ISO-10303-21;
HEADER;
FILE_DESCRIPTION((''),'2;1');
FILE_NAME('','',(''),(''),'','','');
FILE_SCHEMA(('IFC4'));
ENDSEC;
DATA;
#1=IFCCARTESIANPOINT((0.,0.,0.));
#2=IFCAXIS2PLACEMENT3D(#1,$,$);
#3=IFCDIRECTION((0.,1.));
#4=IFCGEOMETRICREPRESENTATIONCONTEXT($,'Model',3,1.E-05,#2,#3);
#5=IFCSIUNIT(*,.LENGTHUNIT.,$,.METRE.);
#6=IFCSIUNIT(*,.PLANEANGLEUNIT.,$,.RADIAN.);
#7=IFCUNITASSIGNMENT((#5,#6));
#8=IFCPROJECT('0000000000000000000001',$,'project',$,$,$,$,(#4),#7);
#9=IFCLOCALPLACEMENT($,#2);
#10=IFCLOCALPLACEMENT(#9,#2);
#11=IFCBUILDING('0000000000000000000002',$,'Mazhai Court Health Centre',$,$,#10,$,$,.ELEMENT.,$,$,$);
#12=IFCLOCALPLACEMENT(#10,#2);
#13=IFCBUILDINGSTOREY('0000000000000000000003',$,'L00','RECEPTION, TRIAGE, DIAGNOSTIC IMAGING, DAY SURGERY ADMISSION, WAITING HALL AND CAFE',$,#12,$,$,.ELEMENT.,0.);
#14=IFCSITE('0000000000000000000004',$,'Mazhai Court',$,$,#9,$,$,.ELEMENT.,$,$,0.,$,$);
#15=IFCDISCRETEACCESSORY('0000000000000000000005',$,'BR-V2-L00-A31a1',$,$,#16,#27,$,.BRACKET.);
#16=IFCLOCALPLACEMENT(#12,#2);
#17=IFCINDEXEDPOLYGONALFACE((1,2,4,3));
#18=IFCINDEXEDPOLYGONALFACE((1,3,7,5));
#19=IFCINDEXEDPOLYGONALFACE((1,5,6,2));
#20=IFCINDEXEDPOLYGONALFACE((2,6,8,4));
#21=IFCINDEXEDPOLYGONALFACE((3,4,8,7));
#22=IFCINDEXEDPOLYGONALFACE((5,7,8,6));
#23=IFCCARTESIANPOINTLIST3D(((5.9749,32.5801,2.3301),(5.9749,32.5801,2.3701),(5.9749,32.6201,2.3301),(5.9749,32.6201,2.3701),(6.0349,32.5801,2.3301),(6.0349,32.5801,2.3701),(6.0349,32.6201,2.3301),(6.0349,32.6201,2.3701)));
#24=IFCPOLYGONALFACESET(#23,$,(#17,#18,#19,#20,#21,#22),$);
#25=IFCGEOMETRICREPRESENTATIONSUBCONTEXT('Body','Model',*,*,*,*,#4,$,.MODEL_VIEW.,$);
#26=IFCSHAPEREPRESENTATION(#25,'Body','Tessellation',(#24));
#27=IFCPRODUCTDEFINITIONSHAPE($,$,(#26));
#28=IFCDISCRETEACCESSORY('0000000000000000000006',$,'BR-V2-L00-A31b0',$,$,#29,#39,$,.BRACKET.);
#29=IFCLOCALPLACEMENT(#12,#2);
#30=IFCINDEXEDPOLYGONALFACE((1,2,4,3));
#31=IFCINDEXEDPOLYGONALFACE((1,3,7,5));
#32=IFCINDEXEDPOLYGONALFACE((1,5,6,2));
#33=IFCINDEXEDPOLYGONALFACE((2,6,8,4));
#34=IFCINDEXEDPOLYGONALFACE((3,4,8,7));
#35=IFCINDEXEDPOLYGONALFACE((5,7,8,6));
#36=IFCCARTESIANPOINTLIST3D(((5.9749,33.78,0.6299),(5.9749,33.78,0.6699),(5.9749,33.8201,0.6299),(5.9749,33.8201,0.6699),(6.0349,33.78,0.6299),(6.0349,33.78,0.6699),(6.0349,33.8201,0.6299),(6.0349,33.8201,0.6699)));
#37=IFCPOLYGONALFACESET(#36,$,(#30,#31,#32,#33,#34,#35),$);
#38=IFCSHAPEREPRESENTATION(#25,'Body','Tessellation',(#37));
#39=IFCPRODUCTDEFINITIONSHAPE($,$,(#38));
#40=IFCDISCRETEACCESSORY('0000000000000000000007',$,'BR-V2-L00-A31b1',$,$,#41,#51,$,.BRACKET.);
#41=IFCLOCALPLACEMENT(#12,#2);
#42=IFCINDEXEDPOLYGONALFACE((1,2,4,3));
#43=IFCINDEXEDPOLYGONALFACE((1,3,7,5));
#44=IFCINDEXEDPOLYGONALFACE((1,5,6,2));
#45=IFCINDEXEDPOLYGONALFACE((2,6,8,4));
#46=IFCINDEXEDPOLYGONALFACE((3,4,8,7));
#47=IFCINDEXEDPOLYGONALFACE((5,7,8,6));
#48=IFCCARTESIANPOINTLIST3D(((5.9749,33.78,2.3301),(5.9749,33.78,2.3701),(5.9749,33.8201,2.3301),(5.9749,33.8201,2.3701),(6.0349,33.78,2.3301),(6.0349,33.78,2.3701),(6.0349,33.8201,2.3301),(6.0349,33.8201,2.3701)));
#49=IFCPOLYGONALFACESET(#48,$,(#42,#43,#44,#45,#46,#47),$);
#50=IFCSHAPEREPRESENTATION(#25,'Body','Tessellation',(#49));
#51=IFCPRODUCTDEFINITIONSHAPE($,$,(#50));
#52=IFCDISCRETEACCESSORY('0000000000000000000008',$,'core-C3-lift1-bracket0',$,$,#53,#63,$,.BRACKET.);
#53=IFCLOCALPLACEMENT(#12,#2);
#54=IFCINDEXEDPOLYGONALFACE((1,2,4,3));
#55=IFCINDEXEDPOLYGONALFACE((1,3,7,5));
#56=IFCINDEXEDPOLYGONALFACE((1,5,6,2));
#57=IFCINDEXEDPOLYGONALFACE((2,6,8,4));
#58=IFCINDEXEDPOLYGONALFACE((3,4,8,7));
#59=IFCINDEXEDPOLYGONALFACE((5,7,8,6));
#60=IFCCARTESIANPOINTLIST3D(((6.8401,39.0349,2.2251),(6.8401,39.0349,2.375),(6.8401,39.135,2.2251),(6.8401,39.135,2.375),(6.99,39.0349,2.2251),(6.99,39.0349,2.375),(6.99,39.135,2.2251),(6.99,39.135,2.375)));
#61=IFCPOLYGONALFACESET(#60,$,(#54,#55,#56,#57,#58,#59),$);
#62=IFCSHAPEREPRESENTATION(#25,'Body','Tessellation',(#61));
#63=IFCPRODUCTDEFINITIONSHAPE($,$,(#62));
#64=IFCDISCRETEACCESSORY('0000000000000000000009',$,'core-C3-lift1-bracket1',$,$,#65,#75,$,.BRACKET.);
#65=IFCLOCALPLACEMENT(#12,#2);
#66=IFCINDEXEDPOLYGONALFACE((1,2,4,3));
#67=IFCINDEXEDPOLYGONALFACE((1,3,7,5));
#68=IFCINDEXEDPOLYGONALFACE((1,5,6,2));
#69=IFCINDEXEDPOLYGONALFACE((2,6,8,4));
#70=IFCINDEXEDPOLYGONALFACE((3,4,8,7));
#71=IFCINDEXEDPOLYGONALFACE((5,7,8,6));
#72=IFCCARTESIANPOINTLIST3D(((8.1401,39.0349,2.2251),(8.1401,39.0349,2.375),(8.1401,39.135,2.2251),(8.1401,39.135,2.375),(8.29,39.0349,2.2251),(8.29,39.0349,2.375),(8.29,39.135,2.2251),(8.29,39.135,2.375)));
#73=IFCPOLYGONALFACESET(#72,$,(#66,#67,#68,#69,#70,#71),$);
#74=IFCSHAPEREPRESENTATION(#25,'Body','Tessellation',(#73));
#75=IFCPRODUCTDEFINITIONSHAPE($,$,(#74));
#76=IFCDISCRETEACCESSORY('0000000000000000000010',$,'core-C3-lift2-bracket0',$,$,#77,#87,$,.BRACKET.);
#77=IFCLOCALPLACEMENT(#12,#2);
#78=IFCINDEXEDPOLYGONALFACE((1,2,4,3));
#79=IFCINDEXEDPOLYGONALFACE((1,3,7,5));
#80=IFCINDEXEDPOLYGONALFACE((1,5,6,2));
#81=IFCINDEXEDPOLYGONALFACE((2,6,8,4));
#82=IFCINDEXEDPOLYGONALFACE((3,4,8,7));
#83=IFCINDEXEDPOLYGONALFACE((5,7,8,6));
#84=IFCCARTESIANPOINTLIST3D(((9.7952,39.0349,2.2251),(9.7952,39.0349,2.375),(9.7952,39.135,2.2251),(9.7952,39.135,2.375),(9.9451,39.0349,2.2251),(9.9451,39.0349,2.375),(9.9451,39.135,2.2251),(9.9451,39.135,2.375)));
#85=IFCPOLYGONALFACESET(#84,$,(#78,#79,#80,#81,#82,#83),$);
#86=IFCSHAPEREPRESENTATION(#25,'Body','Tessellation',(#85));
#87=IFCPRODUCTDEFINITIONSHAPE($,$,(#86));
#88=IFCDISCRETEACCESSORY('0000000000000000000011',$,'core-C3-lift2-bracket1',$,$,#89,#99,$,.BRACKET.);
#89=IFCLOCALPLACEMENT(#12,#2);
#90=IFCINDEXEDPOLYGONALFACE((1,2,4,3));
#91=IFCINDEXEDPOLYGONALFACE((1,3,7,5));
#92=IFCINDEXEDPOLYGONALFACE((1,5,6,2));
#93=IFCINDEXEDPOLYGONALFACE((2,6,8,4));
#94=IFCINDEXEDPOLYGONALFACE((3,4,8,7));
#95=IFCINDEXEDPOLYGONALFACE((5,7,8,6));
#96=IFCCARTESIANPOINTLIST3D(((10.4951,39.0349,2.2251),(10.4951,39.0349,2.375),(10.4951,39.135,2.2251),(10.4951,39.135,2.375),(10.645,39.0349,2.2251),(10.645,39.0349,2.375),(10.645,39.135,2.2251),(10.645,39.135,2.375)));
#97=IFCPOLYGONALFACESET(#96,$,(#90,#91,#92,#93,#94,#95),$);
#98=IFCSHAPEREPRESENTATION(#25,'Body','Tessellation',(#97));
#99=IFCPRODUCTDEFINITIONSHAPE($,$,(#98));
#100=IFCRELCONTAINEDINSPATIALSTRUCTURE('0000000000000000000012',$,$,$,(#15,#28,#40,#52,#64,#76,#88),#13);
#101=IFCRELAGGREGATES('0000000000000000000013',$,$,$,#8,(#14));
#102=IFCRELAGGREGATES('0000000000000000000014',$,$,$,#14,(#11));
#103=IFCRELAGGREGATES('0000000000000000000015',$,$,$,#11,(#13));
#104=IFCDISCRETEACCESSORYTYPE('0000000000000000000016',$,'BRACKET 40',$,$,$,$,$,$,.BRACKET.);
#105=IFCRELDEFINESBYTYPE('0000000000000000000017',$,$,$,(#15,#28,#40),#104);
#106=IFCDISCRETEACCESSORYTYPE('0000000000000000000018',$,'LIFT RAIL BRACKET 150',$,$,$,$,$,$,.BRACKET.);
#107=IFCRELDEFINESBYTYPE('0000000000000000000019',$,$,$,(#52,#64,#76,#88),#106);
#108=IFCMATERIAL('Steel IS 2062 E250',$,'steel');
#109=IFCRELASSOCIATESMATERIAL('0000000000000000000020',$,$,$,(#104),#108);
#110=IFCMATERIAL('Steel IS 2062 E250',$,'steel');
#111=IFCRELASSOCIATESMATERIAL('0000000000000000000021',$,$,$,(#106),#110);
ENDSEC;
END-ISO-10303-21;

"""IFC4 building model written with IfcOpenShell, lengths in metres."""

from ifc_helpers import new_model, si_unit, direction, frame, origin, origin_2d, place, context, subcontext, project, spatial, rectangle, extrude, material, type_object, element, save


model = new_model("IFC4")

# Units and contexts
model_context = context("Model", 3, precision=1e-05, world=origin(), true_north=direction((0.0, 1.0)))
body_context = subcontext(model_context, "Body", "Model", "MODEL_VIEW")
ifc_project = project(units=[si_unit("LENGTHUNIT", "METRE"), si_unit("PLANEANGLEUNIT", "RADIAN")], contexts=[model_context])

# Site, building, storey
site_placement = place(None, origin())
site = spatial("IfcSite", under=ifc_project, at=site_placement, Name="Mazhai Court", CompositionType="ELEMENT", RefElevation=0.0)
building_placement = place(site_placement, origin())
building = spatial("IfcBuilding", under=site, at=building_placement, Name="Mazhai Court Health Centre", CompositionType="ELEMENT")
storey_placement = place(building_placement, origin())
storey = spatial("IfcBuildingStorey", under=building, at=storey_placement, Name="L00", Description="RECEPTION, TRIAGE, DIAGNOSTIC IMAGING, DAY SURGERY ADMISSION, WAITING HALL AND CAFE", CompositionType="ELEMENT", Elevation=0.0)

# Discrete accessories
ifc_material_1 = material(Name="Steel IS 2062 E250", Category="steel")
discrete_accessory_type_1 = type_object("IfcDiscreteAccessoryType", Name="BRACKET 40", PredefinedType="BRACKET", material=ifc_material_1)
for number, where, z_axis, x_axis, name in (
    (1, (6.0049, 32.6001, 2.3301), (0.0, 0.0, 1.0), (0.0, 1.0, 0.0), "BR-V2-L00-A31a1"),
    (2, (6.0049, 33.8, 0.6299), (0.0, 0.0, 1.0), (0.0, 1.0, 0.0), "BR-V2-L00-A31b0"),
    (3, (6.0049, 33.8, 2.3301), (0.0, 0.0, 1.0), (0.0, 1.0, 0.0), "BR-V2-L00-A31b1"),
):
    element("IfcDiscreteAccessory", number, at=place(storey_placement, frame(where, z_axis=z_axis, x_axis=x_axis)), inside=storey, type_object=discrete_accessory_type_1, Name=name, PredefinedType="BRACKET", context=body_context, shape_type="SweptSolid", body=[
        extrude(rectangle(XDim=0.04, YDim=0.0601, at=origin_2d()), origin(), (0.0, 0.0, 1.0), 0.04),
    ])
ifc_material_2 = material(Name="Steel IS 2062 E250", Category="steel")
discrete_accessory_type_2 = type_object("IfcDiscreteAccessoryType", Name="LIFT RAIL BRACKET 150", PredefinedType="BRACKET", material=ifc_material_2)
for number, where, z_axis, x_axis, name in (
    (4, (6.915, 39.085, 2.2251), (0.0, 0.0, 1.0), (1.0, 0.0, 0.0), "core-C3-lift1-bracket0"),
    (5, (8.2151, 39.085, 2.2251), (0.0, 0.0, 1.0), (1.0, 0.0, 0.0), "core-C3-lift1-bracket1"),
    (6, (9.8701, 39.085, 2.2251), (0.0, 0.0, 1.0), (1.0, 0.0, 0.0), "core-C3-lift2-bracket0"),
    (7, (10.5701, 39.085, 2.2251), (0.0, 0.0, 1.0), (1.0, 0.0, 0.0), "core-C3-lift2-bracket1"),
):
    element("IfcDiscreteAccessory", number, at=place(storey_placement, frame(where, z_axis=z_axis, x_axis=x_axis)), inside=storey, type_object=discrete_accessory_type_2, Name=name, PredefinedType="BRACKET", context=body_context, shape_type="SweptSolid", body=[
        extrude(rectangle(XDim=0.1499, YDim=0.1001, at=origin_2d()), origin(), (0.0, 0.0, 1.0), 0.1499),
    ])

save(model, "model.ifc")
